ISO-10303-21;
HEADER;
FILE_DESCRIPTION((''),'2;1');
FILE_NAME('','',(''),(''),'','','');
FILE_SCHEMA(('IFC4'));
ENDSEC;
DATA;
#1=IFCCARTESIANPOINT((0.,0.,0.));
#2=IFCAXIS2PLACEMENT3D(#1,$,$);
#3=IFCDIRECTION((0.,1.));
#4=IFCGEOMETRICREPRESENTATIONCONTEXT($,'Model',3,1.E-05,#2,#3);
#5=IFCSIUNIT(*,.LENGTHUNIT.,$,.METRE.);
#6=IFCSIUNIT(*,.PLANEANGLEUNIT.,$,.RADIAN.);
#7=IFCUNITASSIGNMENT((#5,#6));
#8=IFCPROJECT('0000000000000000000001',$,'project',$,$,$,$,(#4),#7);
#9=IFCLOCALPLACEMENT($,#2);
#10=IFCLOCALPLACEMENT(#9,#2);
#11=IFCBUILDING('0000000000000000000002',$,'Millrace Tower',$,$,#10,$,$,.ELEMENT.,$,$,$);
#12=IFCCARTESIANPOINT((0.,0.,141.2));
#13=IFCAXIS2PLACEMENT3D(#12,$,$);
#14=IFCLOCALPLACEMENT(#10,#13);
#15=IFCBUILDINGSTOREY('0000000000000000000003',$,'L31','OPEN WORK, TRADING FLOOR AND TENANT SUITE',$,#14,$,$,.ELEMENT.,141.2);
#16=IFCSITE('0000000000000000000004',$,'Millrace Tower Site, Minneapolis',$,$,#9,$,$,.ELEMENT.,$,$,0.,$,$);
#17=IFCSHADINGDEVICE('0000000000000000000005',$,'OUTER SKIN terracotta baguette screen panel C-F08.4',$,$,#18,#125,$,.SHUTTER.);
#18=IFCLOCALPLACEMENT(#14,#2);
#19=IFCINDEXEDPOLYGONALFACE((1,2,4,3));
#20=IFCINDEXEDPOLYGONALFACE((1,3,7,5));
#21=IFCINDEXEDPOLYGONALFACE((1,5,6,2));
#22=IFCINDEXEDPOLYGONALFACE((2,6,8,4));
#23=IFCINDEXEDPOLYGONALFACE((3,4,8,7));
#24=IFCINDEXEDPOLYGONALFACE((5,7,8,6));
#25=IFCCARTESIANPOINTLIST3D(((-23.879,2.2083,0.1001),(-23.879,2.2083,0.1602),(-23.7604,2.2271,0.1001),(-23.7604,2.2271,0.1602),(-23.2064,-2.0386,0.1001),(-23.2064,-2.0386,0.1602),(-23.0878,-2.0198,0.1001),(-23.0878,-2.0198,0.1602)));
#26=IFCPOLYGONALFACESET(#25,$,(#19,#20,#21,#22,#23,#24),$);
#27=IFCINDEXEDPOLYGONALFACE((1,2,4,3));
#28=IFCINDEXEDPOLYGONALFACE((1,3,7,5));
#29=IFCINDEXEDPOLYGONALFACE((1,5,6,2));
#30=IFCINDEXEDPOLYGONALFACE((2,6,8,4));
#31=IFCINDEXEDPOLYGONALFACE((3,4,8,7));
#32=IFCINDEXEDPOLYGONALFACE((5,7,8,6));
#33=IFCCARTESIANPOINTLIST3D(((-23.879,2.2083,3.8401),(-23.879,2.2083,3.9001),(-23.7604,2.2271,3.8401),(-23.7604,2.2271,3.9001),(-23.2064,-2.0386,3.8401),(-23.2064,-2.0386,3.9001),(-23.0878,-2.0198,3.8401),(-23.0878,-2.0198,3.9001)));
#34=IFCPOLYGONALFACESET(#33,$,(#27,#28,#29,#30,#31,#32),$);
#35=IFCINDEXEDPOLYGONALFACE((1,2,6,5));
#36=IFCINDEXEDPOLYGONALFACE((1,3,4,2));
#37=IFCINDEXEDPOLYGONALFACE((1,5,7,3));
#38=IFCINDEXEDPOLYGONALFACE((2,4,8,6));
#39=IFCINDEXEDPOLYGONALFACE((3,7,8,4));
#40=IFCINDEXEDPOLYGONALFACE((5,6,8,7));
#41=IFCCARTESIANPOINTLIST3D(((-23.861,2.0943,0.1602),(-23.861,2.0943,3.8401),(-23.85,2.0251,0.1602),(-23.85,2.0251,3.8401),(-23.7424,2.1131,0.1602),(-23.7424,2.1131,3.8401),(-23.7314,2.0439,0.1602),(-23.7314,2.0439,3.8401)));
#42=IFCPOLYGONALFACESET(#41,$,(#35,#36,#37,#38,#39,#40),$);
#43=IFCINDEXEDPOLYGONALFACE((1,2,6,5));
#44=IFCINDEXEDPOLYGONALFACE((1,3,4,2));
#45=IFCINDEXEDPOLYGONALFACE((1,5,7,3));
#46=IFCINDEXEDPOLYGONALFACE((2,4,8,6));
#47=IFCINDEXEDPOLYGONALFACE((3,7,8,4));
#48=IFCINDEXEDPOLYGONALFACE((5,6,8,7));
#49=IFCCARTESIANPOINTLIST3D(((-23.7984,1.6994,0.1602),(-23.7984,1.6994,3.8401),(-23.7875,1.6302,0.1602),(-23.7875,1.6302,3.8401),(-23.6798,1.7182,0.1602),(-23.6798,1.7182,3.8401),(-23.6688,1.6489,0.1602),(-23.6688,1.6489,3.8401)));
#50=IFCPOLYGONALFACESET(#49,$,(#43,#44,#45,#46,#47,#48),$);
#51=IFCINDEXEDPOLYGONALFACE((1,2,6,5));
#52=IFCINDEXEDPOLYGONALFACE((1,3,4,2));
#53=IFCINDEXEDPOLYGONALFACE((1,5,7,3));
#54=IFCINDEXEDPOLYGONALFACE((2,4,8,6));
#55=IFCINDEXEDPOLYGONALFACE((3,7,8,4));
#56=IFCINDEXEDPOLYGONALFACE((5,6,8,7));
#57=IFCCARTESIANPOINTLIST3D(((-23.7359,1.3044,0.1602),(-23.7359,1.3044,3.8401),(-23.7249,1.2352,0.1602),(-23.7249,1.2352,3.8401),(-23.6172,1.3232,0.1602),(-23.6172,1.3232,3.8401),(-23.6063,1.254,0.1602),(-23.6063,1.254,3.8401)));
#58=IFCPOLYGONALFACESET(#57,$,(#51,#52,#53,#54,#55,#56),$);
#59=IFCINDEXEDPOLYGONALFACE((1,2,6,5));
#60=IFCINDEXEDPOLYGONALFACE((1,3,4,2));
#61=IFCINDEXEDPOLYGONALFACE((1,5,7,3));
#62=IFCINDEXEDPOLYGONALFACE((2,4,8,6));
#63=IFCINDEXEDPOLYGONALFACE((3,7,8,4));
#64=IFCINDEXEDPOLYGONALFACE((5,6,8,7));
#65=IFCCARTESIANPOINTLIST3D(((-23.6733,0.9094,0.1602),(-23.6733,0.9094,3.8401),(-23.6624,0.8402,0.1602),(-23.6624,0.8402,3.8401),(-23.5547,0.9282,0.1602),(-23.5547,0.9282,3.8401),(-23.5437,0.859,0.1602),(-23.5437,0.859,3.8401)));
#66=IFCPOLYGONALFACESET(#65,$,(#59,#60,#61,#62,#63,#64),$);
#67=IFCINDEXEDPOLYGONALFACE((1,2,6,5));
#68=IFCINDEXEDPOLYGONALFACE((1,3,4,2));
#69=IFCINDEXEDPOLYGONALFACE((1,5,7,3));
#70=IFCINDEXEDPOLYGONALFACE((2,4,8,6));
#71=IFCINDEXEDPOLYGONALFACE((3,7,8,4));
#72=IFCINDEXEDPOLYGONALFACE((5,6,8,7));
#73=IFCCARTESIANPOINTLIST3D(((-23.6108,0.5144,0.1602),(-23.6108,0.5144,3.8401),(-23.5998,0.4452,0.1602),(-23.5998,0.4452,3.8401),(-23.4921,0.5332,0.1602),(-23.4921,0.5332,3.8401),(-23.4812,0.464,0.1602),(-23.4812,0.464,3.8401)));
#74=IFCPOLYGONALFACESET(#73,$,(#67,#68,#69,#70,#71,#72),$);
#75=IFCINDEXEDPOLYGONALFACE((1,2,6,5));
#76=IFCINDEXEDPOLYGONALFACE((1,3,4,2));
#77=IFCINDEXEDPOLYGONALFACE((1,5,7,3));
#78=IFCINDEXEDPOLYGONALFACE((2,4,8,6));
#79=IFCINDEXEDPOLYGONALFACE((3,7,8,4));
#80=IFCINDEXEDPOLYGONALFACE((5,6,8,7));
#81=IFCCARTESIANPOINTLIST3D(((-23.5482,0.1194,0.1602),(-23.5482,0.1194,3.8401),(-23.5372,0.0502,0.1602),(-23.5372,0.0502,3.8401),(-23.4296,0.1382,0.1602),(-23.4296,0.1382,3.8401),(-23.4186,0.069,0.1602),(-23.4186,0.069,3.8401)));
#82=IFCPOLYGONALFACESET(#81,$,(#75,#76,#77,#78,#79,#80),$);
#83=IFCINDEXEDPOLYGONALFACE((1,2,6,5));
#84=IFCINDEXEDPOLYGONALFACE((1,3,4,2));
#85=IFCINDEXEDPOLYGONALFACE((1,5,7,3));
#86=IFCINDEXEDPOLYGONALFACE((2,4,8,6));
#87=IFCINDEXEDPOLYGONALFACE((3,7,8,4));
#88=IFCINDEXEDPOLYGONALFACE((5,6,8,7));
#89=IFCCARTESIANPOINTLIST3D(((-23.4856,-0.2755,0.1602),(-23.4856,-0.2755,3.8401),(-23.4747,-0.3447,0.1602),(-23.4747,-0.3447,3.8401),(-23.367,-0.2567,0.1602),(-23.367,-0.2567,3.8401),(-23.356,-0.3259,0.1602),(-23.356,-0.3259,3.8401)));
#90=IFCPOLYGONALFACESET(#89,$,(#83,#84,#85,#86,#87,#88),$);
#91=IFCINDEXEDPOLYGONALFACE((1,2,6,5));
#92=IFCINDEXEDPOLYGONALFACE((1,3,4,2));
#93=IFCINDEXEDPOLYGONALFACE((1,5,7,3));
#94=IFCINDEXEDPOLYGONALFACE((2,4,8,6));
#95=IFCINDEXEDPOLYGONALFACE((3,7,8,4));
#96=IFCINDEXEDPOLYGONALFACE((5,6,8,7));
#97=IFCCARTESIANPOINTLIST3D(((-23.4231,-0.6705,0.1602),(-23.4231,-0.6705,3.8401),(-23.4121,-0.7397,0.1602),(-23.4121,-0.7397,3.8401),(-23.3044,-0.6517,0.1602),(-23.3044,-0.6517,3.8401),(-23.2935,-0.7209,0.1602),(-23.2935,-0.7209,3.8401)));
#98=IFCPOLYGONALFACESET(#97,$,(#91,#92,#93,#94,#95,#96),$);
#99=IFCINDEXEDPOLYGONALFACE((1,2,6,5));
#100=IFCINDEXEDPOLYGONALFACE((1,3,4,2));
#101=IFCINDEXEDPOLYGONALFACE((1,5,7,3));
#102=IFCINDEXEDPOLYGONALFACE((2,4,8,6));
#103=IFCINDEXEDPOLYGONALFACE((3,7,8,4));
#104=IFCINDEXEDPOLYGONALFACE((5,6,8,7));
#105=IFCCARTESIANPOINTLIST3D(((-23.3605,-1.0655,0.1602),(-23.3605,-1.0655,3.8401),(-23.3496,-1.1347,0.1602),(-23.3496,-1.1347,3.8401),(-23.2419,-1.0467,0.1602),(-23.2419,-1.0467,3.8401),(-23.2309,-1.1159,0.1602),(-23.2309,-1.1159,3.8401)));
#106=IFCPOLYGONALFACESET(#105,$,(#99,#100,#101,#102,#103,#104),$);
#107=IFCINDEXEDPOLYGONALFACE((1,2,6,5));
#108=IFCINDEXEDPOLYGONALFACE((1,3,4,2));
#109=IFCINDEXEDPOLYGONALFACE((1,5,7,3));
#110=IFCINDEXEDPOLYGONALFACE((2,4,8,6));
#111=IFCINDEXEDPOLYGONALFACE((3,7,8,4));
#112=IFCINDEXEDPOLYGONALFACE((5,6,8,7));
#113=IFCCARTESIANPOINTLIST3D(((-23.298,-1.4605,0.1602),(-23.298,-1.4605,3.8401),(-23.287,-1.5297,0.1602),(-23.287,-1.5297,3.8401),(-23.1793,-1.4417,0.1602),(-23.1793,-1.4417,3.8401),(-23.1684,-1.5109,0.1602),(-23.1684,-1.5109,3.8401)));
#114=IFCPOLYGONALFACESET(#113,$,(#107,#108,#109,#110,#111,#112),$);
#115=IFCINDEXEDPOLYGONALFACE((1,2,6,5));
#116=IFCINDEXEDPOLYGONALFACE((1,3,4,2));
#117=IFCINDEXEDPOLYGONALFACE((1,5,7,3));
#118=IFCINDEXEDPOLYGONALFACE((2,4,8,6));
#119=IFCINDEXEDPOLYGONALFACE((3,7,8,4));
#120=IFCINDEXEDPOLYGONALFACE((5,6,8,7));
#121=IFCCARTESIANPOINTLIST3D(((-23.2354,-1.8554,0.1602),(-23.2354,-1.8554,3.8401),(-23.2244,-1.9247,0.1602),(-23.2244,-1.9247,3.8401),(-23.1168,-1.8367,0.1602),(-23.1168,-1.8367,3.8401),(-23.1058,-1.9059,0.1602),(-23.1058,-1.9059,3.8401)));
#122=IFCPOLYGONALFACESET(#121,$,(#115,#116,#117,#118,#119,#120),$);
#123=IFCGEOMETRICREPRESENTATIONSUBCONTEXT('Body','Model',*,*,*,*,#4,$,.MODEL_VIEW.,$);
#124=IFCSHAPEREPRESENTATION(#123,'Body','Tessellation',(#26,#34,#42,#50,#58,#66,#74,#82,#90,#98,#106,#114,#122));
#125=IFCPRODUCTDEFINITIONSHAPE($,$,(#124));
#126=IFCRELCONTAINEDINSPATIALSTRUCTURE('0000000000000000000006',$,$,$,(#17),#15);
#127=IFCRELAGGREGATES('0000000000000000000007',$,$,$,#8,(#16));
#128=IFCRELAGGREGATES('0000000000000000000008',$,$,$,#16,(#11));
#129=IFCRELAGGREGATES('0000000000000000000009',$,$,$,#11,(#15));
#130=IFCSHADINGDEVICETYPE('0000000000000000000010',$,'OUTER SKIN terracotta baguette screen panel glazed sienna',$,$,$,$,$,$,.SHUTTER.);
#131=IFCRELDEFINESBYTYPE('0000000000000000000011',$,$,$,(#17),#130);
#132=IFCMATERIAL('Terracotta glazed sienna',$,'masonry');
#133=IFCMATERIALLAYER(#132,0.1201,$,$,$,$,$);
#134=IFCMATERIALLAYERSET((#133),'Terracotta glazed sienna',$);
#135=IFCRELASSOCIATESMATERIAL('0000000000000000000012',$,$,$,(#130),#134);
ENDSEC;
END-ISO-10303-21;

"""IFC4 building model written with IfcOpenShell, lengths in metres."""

from ifc_helpers import new_model, entity, si_unit, direction, frame, frame_2d, origin, origin_2d, place, context, subcontext, project, spatial, rectangle, extrude, source, transform, mapped, material, layer, layer_set, type_object, element, save


model = new_model("IFC4")

# Units and contexts
model_context = context("Model", 3, precision=1e-05, world=origin(), true_north=direction((0.0, 1.0)))
body_context = subcontext(model_context, "Body", "Model", "MODEL_VIEW")
ifc_project = project(units=[si_unit("LENGTHUNIT", "METRE"), si_unit("PLANEANGLEUNIT", "RADIAN")], contexts=[model_context])

# Site, building, storey
site_placement = place(None, origin())
site = spatial("IfcSite", under=ifc_project, at=site_placement, Name="Millrace Tower Site, Minneapolis", CompositionType="ELEMENT", RefElevation=0.0)
building_placement = place(site_placement, origin())
building = spatial("IfcBuilding", under=site, at=building_placement, Name="Millrace Tower", CompositionType="ELEMENT")
storey_placement = place(building_placement, frame((0.0, 0.0, 141.2)))
storey = spatial("IfcBuildingStorey", under=building, at=storey_placement, Name="L31", Description="OPEN WORK, TRADING FLOOR AND TENANT SUITE", CompositionType="ELEMENT", Elevation=141.2)

# Shading device
ifc_material_1 = material(Name="Terracotta glazed sienna", Category="masonry")
ifc_layer_1 = layer(ifc_material_1, 0.1201)
ifc_layer_set_1 = layer_set([ifc_layer_1], Name="Terracotta glazed sienna")
shading_device_type = type_object("IfcShadingDeviceType", Name="OUTER SKIN terracotta baguette screen panel glazed sienna", PredefinedType="SHUTTER", material=ifc_layer_set_1)
cartesian_point = entity("IfcCartesianPoint", [-2.1499, 0.0601])
shared_polyline = entity("IfcPolyline", [cartesian_point, entity("IfcCartesianPoint", [2.1499, 0.0601]), entity("IfcCartesianPoint", [2.1499, -0.0601]), entity("IfcCartesianPoint", [-2.1499, -0.0601]), cartesian_point])
shared_shape = source(origin(), body_context, "Body", "SweptSolid", [
    entity("IfcExtrudedAreaSolid", entity("IfcArbitraryClosedProfileDef", "AREA", None, shared_polyline), entity("IfcAxis2Placement3D", entity("IfcCartesianPoint", [0.0, 0.0, 0.0])), entity("IfcDirection", [0.0, 0.0, 1.0]), 0.0601),
    entity("IfcExtrudedAreaSolid", entity("IfcArbitraryClosedProfileDef", "AREA", None, shared_polyline), entity("IfcAxis2Placement3D", entity("IfcCartesianPoint", [0.0, 0.0, 3.74])), entity("IfcDirection", [0.0, 0.0, 1.0]), 0.0601),
    extrude(rectangle(XDim=0.0701, YDim=0.1201, at=frame_2d((-1.9995, 0.0))), frame((0.0, 0.0, 0.0601)), (0.0, 0.0, 1.0), 3.6799),
    extrude(rectangle(XDim=0.0701, YDim=0.1201, at=frame_2d((-1.5996, 0.0))), frame((0.0, 0.0, 0.0601)), (0.0, 0.0, 1.0), 3.6799),
    extrude(rectangle(XDim=0.0701, YDim=0.1201, at=frame_2d((-1.1997, 0.0))), frame((0.0, 0.0, 0.0601)), (0.0, 0.0, 1.0), 3.6799),
    extrude(rectangle(XDim=0.0701, YDim=0.1201, at=frame_2d((-0.7998, 0.0))), frame((0.0, 0.0, 0.0601)), (0.0, 0.0, 1.0), 3.6799),
    extrude(rectangle(XDim=0.0701, YDim=0.1201, at=frame_2d((-0.3999, 0.0))), frame((0.0, 0.0, 0.0601)), (0.0, 0.0, 1.0), 3.6799),
    extrude(rectangle(XDim=0.0701, YDim=0.1201, at=origin_2d()), frame((0.0, 0.0, 0.0601)), (0.0, 0.0, 1.0), 3.6799),
    extrude(rectangle(XDim=0.0701, YDim=0.1201, at=frame_2d((0.3999, 0.0))), frame((0.0, 0.0, 0.0601)), (0.0, 0.0, 1.0), 3.6799),
    extrude(rectangle(XDim=0.0701, YDim=0.1201, at=frame_2d((0.7998, 0.0))), frame((0.0, 0.0, 0.0601)), (0.0, 0.0, 1.0), 3.6799),
    extrude(rectangle(XDim=0.0701, YDim=0.1201, at=frame_2d((1.1997, 0.0))), frame((0.0, 0.0, 0.0601)), (0.0, 0.0, 1.0), 3.6799),
    extrude(rectangle(XDim=0.0701, YDim=0.1201, at=frame_2d((1.5996, 0.0))), frame((0.0, 0.0, 0.0601)), (0.0, 0.0, 1.0), 3.6799),
    extrude(rectangle(XDim=0.0701, YDim=0.1201, at=frame_2d((1.9995, 0.0))), frame((0.0, 0.0, 0.0601)), (0.0, 0.0, 1.0), 3.6799),
])
for number, where, z_axis, x_axis, name in (
    (1, (-23.4834, 0.0942, 0.1001), (0.0, 0.0, 1.0), (0.156434, -0.987688, 0.0), "OUTER SKIN terracotta baguette screen panel C-F08.4"),
):
    element("IfcShadingDevice", number, at=place(storey_placement, frame(where, z_axis=z_axis, x_axis=x_axis)), inside=storey, type_object=shading_device_type, Name=name, PredefinedType="SHUTTER", context=body_context, shape_type="MappedRepresentation", body=[
        mapped(shared_shape, transform((0.0, 0.0, 0.0), scale=1.0)),
    ])

save(model, "model.ifc")
